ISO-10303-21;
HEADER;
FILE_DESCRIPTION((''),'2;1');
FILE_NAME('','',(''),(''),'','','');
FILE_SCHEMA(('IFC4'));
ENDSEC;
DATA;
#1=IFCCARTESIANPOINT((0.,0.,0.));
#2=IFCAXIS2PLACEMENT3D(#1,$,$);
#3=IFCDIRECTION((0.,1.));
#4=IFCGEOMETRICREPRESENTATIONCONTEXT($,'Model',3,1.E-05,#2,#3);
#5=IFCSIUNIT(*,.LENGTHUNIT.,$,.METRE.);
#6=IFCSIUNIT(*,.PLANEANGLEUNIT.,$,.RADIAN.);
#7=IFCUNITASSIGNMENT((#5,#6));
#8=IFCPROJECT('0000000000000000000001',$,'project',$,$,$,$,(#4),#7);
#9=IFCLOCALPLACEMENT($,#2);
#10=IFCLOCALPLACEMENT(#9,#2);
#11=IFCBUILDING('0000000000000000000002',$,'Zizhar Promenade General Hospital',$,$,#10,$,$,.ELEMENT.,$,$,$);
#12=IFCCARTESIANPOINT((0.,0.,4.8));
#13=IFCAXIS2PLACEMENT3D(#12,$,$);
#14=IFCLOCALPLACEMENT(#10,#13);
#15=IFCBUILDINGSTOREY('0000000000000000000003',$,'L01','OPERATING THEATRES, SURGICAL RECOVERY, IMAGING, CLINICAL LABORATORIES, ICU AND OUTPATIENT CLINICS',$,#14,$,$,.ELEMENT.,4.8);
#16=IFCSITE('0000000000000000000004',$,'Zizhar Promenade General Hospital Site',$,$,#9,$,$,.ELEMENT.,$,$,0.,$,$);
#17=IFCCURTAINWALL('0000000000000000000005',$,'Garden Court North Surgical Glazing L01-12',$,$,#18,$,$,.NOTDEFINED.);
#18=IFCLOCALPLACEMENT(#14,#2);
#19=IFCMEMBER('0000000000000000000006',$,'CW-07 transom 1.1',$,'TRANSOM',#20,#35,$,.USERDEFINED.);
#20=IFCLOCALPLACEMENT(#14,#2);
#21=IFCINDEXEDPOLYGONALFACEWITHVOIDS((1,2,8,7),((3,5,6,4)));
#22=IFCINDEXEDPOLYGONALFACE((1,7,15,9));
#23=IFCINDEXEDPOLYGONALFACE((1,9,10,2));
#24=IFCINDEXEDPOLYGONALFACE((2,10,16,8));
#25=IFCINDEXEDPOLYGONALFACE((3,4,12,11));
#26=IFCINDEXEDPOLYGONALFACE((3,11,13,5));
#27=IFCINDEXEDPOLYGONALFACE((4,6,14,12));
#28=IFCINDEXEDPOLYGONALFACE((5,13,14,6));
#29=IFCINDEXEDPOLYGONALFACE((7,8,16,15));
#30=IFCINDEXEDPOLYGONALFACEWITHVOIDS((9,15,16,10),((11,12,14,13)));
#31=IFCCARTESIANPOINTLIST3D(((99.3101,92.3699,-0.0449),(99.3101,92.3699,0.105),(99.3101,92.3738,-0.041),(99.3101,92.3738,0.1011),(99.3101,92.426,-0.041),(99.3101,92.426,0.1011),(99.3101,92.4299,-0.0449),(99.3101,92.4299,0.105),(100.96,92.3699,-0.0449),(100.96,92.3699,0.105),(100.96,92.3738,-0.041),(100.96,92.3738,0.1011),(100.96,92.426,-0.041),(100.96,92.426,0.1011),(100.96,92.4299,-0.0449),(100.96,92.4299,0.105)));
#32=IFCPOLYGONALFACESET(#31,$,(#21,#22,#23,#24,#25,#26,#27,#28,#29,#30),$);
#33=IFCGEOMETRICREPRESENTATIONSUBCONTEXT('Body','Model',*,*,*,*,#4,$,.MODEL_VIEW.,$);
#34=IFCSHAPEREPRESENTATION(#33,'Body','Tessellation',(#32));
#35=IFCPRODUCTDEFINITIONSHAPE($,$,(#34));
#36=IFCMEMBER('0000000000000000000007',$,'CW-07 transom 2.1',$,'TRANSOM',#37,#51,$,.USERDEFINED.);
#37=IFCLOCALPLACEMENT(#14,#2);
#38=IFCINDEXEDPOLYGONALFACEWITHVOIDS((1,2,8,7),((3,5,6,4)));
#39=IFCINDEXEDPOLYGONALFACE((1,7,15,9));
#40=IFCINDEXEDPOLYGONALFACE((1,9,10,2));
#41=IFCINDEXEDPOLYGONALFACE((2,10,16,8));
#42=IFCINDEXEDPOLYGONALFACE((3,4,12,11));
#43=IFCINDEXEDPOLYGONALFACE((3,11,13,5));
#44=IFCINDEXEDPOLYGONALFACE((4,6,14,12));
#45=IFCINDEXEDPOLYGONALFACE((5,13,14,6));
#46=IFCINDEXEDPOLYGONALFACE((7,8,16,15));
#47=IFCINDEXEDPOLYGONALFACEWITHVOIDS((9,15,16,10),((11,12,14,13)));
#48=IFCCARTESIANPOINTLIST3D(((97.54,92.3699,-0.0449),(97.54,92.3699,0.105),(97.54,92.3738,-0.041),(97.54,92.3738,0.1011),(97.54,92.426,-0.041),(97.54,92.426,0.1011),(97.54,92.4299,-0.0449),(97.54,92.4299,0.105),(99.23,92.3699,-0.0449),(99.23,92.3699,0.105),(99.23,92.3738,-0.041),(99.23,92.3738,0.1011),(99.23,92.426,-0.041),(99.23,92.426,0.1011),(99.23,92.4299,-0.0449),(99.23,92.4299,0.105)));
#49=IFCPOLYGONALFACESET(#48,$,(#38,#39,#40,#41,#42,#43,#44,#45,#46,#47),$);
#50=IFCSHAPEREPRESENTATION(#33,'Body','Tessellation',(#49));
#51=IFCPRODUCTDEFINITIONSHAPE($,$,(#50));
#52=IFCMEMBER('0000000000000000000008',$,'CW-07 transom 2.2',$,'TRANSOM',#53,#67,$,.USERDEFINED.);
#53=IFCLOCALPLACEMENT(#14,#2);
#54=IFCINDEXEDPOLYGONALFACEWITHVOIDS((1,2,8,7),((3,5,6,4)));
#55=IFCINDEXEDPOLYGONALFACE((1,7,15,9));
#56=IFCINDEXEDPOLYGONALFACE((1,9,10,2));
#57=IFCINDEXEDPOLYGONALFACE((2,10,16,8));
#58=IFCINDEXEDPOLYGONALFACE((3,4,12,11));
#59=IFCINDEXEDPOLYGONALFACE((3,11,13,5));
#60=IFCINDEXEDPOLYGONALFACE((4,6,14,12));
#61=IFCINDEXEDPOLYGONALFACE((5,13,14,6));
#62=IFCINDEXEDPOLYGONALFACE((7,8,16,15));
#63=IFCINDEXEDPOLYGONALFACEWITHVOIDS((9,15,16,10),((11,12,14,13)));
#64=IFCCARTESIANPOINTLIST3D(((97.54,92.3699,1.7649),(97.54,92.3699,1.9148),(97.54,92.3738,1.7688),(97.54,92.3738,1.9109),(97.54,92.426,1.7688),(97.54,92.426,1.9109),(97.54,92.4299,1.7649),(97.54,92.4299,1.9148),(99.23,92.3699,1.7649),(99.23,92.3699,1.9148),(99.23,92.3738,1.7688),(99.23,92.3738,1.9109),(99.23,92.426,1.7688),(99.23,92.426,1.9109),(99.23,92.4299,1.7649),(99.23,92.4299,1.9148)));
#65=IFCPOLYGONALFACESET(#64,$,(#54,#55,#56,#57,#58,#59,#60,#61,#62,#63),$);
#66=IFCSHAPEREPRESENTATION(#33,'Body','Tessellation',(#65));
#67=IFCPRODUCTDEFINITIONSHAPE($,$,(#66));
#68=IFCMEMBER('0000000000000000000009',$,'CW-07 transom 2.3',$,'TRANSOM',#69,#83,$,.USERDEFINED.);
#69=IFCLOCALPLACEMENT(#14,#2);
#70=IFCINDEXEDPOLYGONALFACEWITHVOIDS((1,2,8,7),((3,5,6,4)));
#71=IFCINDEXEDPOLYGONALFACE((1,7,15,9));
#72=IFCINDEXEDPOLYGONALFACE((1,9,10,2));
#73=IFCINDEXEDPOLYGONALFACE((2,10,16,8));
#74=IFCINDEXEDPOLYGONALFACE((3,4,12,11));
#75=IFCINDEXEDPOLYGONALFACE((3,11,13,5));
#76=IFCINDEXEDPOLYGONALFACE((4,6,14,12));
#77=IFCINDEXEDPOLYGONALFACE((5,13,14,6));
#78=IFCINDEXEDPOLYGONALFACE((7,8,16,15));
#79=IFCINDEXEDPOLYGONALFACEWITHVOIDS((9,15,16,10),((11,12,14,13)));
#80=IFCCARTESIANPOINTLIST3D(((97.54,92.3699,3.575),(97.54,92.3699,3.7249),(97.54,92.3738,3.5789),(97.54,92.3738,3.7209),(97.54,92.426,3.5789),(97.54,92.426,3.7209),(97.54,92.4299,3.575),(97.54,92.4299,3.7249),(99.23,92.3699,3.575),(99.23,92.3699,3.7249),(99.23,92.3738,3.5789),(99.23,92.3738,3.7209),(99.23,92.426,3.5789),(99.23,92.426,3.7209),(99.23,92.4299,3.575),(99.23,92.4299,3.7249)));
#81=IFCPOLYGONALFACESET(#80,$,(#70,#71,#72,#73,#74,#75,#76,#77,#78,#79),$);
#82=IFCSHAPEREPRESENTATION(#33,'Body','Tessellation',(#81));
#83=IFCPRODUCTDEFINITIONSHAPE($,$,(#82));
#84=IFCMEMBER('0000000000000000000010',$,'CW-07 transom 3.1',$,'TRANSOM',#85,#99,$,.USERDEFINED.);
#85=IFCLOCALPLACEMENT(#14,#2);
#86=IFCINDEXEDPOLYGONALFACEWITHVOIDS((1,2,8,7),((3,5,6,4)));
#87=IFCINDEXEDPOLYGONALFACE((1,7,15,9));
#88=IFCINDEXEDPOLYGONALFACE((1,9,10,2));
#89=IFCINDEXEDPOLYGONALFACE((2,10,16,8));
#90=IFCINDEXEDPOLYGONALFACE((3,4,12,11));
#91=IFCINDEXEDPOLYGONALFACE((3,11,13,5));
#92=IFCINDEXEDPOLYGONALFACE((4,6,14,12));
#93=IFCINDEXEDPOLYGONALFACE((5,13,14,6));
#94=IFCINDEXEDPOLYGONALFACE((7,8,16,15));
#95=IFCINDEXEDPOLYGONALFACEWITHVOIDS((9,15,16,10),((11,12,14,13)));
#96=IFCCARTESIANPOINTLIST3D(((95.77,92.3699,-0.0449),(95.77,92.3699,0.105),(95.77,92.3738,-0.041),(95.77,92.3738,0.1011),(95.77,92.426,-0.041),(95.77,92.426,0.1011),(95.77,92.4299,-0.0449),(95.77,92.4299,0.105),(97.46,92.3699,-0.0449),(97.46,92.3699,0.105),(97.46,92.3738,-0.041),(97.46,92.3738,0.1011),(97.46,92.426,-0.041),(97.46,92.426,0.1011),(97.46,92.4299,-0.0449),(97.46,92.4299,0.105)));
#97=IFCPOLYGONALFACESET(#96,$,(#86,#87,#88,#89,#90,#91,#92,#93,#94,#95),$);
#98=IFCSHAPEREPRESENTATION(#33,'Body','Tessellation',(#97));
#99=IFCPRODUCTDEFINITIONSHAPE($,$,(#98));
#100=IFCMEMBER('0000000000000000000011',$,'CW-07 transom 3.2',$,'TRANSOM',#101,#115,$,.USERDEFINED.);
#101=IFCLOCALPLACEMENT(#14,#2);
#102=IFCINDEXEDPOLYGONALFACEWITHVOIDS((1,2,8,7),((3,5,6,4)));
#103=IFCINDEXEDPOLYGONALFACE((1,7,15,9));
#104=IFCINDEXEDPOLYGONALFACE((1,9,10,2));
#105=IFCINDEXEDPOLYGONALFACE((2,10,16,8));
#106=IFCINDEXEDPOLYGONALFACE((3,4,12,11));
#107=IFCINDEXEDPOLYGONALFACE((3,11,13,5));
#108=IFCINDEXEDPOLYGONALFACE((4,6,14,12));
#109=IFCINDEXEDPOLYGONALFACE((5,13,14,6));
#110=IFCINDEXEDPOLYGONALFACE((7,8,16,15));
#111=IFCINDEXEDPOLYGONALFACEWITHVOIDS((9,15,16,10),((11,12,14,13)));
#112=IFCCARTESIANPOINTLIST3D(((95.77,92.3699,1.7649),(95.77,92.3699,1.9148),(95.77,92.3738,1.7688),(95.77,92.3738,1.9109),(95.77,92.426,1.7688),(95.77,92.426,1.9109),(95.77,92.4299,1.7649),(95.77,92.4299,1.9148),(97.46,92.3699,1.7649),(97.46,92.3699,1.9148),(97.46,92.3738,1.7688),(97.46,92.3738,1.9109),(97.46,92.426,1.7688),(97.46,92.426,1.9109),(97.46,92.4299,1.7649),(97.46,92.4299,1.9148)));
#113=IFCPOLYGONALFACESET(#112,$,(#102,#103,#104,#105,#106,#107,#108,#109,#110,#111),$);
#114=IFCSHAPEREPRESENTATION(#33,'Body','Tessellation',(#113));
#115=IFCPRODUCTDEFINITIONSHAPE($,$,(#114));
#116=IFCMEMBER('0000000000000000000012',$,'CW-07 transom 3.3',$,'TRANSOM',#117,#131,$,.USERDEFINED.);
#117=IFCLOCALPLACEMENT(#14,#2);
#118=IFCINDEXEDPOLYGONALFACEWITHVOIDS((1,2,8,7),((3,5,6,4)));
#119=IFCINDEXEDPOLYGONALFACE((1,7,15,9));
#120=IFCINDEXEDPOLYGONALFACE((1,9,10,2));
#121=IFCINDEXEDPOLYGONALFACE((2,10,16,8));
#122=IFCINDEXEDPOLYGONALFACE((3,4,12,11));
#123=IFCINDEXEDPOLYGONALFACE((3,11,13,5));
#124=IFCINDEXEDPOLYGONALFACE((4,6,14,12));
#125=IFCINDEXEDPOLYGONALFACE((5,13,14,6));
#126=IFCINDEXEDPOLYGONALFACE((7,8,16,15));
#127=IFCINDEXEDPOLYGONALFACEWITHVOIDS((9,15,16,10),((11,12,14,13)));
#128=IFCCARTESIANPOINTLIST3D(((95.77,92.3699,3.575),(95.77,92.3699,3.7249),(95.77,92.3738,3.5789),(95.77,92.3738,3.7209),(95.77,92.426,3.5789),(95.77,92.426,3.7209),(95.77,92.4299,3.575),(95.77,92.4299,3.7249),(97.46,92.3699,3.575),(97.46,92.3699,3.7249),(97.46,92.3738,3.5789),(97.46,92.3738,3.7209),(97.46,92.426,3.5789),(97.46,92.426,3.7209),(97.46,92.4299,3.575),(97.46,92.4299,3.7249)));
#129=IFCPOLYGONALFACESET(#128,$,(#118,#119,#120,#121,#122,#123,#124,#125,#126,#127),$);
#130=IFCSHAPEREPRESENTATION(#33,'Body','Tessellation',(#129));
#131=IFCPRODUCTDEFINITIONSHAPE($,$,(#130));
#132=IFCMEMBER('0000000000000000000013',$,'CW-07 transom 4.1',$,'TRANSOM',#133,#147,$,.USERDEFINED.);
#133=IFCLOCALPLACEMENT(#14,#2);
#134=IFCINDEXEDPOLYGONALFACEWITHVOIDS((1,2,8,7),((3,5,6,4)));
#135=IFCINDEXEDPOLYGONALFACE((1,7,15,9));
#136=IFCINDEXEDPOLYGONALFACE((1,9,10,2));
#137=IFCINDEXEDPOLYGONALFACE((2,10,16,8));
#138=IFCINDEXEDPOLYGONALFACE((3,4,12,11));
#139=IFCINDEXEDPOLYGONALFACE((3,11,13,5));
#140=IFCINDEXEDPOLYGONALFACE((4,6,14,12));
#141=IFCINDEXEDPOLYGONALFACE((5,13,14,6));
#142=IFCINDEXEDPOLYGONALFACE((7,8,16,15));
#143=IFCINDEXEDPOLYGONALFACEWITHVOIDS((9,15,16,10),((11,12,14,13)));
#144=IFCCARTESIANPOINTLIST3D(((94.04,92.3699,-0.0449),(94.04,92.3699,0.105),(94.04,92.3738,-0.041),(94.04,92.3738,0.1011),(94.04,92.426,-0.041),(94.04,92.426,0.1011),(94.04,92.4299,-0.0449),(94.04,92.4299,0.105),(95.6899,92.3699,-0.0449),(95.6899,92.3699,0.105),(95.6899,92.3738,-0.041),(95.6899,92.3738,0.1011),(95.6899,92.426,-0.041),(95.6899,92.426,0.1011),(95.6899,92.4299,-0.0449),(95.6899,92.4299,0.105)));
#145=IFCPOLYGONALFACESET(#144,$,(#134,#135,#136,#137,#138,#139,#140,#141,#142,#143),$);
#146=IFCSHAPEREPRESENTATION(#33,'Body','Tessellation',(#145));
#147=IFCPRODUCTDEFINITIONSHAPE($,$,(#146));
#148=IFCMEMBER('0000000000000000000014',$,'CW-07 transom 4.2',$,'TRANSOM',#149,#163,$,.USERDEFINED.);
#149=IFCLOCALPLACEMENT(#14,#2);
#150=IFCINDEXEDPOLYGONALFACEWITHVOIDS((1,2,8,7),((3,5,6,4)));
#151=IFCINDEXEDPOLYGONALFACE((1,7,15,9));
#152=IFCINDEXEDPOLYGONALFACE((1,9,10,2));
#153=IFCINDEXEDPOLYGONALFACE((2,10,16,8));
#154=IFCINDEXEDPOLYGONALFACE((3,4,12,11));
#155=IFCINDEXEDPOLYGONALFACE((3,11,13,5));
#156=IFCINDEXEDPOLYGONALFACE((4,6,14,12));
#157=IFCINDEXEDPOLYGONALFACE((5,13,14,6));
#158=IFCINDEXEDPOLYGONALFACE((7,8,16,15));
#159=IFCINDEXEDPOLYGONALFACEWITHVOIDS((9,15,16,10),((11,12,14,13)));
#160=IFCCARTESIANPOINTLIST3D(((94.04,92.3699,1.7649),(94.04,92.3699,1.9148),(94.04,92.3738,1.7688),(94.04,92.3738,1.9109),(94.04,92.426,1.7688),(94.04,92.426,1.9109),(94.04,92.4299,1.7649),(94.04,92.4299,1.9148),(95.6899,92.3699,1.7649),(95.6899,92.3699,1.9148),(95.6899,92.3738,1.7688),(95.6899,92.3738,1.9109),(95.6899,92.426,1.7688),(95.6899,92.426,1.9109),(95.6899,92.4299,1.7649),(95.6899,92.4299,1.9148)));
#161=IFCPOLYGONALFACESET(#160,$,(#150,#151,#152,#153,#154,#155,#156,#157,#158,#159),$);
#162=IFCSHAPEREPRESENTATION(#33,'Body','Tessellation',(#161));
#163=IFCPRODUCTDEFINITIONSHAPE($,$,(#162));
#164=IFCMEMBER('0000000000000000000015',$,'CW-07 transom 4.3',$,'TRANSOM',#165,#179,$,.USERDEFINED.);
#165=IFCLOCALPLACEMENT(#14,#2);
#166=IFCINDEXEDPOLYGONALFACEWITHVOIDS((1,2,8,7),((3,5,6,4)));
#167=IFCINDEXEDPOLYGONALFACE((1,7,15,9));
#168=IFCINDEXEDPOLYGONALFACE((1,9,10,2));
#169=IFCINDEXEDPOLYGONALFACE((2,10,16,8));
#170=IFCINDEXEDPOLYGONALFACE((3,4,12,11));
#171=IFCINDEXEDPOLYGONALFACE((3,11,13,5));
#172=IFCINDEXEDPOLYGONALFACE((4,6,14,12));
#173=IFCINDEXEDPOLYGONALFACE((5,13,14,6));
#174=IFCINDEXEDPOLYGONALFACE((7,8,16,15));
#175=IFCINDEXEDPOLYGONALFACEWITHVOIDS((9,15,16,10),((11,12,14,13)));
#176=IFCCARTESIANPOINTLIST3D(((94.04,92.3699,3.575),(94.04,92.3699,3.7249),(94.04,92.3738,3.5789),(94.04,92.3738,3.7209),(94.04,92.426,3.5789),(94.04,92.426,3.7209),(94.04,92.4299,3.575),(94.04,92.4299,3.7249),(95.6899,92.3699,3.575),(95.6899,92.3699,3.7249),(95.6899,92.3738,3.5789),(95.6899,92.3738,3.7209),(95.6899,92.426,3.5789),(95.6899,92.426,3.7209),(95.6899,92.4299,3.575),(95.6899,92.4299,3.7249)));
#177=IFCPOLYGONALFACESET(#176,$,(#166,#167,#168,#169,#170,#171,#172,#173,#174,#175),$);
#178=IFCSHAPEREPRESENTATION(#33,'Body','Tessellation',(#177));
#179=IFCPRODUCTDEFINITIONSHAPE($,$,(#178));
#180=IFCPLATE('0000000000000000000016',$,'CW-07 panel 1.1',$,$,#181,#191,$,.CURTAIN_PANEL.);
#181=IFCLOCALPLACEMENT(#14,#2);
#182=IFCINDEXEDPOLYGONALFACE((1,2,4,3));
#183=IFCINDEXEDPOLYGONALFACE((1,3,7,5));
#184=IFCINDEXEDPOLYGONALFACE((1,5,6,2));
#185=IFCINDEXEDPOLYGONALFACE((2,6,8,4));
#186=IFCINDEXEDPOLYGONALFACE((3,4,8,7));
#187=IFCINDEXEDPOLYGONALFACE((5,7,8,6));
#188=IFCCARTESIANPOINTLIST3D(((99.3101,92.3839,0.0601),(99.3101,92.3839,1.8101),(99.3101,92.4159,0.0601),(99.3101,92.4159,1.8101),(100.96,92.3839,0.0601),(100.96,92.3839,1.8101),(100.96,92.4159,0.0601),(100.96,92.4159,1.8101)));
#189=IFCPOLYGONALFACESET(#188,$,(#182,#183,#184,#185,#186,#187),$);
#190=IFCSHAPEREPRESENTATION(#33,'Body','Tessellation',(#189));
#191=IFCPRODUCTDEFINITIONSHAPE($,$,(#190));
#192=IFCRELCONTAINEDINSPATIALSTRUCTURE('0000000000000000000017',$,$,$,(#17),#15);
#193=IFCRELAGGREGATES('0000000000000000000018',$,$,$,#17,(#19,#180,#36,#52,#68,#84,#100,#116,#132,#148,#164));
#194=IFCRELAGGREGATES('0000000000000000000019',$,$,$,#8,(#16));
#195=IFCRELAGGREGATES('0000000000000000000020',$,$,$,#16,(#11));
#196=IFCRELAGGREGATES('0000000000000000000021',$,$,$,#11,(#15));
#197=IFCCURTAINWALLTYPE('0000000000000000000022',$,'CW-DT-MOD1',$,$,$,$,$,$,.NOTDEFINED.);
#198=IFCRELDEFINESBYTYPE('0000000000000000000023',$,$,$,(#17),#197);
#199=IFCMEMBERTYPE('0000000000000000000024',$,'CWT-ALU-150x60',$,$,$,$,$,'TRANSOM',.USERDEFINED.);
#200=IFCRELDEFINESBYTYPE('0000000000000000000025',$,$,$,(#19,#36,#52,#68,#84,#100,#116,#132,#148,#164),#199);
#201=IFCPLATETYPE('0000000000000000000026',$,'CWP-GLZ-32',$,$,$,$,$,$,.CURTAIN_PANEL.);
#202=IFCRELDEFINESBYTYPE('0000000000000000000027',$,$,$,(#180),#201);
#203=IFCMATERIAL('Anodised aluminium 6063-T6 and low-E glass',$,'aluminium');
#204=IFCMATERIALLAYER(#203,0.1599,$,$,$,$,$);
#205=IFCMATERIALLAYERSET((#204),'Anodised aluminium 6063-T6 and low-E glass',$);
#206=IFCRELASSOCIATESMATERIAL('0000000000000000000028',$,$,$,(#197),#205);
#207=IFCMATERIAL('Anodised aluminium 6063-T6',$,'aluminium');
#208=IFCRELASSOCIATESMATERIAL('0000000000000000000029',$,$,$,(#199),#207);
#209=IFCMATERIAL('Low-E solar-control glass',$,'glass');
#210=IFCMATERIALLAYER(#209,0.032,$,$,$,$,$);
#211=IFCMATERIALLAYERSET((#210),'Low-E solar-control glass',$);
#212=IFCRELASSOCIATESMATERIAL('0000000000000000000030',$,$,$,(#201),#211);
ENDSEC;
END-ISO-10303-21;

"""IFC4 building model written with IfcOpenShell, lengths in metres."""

from ifc_helpers import new_model, si_unit, direction, frame, origin, origin_2d, place, context, subcontext, project, spatial, rectangle, hollow_rectangle, extrude, material, layer, layer_set, material_profile, profile_set, type_object, element, aggregate, save


model = new_model("IFC4")

# Units and contexts
model_context = context("Model", 3, precision=1e-05, world=origin(), true_north=direction((0.0, 1.0)))
body_context = subcontext(model_context, "Body", "Model", "MODEL_VIEW")
ifc_project = project(units=[si_unit("LENGTHUNIT", "METRE"), si_unit("PLANEANGLEUNIT", "RADIAN")], contexts=[model_context])

# Site, building, storey
site_placement = place(None, origin())
site = spatial("IfcSite", under=ifc_project, at=site_placement, Name="Zizhar Promenade General Hospital Site", CompositionType="ELEMENT", RefElevation=0.0)
building_placement = place(site_placement, origin())
building = spatial("IfcBuilding", under=site, at=building_placement, Name="Zizhar Promenade General Hospital", CompositionType="ELEMENT")
storey_placement = place(building_placement, frame((0.0, 0.0, 4.8)))
storey = spatial("IfcBuildingStorey", under=building, at=storey_placement, Name="L01", Description="OPERATING THEATRES, SURGICAL RECOVERY, IMAGING, CLINICAL LABORATORIES, ICU AND OUTPATIENT CLINICS", CompositionType="ELEMENT", Elevation=4.8)

# Curtain wall, members, plate
ifc_material_1 = material(Name="Anodised aluminium 6063-T6 and low-E glass", Category="aluminium")
ifc_layer_1 = layer(ifc_material_1, 0.1599)
ifc_layer_set_1 = layer_set([ifc_layer_1], Name="Anodised aluminium 6063-T6 and low-E glass")
curtain_wall_type = type_object("IfcCurtainWallType", Name="CW-DT-MOD1", PredefinedType="NOTDEFINED", material=ifc_layer_set_1)
curtain_wall_placement = place(storey_placement, origin())
curtain_wall = element("IfcCurtainWall", 1, at=curtain_wall_placement, inside=storey, type_object=curtain_wall_type, Name="Garden Court North Surgical Glazing L01-12", PredefinedType="NOTDEFINED")
ifc_material_2 = material(Name="Anodised aluminium 6063-T6", Category="aluminium")
ifc_material_profile_1 = material_profile(ifc_material_2, hollow_rectangle(XDim=0.0601, YDim=0.1499, WallThickness=0.0039, at=origin_2d()))
ifc_profile_set_1 = profile_set([ifc_material_profile_1], Name="Anodised aluminium 6063-T6")
member_type_1 = type_object("IfcMemberType", Name="CWT-ALU-150x60", ElementType="TRANSOM", PredefinedType="USERDEFINED", material=ifc_profile_set_1)
member_1_placement = place(storey_placement, frame((100.96, 92.3999, 0.03), z_axis=(-1.0, 0.0, 0.0), x_axis=(0.0, -1.0, 0.0)))
member_1 = element("IfcMember", 2, at=member_1_placement, type_object=member_type_1, Name="CW-07 transom 1.1", ObjectType="TRANSOM", PredefinedType="USERDEFINED", context=body_context, shape_type="SweptSolid", body=[
    extrude(hollow_rectangle(XDim=0.0601, YDim=0.1499, WallThickness=0.0039, at=origin_2d()), origin(), (0.0, 0.0, 1.0), 1.6499),
])
member_2_placement = place(storey_placement, frame((99.23, 92.3999, 0.03), z_axis=(-1.0, 0.0, 0.0), x_axis=(0.0, -1.0, 0.0)))
member_2 = element("IfcMember", 3, at=member_2_placement, type_object=member_type_1, Name="CW-07 transom 2.1", ObjectType="TRANSOM", PredefinedType="USERDEFINED", context=body_context, shape_type="SweptSolid", body=[
    extrude(hollow_rectangle(XDim=0.0601, YDim=0.1499, WallThickness=0.0039, at=origin_2d()), origin(), (0.0, 0.0, 1.0), 1.6899),
])
member_3_placement = place(storey_placement, frame((99.23, 92.3999, 1.8398), z_axis=(-1.0, 0.0, 0.0), x_axis=(0.0, -1.0, 0.0)))
member_3 = element("IfcMember", 4, at=member_3_placement, type_object=member_type_1, Name="CW-07 transom 2.2", ObjectType="TRANSOM", PredefinedType="USERDEFINED", context=body_context, shape_type="SweptSolid", body=[
    extrude(hollow_rectangle(XDim=0.0601, YDim=0.1499, WallThickness=0.0039, at=origin_2d()), origin(), (0.0, 0.0, 1.0), 1.6899),
])
member_4_placement = place(storey_placement, frame((99.23, 92.3999, 3.6499), z_axis=(-1.0, 0.0, 0.0), x_axis=(0.0, -1.0, 0.0)))
member_4 = element("IfcMember", 5, at=member_4_placement, type_object=member_type_1, Name="CW-07 transom 2.3", ObjectType="TRANSOM", PredefinedType="USERDEFINED", context=body_context, shape_type="SweptSolid", body=[
    extrude(hollow_rectangle(XDim=0.0601, YDim=0.1499, WallThickness=0.0039, at=origin_2d()), origin(), (0.0, 0.0, 1.0), 1.6899),
])
member_5_placement = place(storey_placement, frame((97.46, 92.3999, 0.03), z_axis=(-1.0, 0.0, 0.0), x_axis=(0.0, -1.0, 0.0)))
member_5 = element("IfcMember", 6, at=member_5_placement, type_object=member_type_1, Name="CW-07 transom 3.1", ObjectType="TRANSOM", PredefinedType="USERDEFINED", context=body_context, shape_type="SweptSolid", body=[
    extrude(hollow_rectangle(XDim=0.0601, YDim=0.1499, WallThickness=0.0039, at=origin_2d()), origin(), (0.0, 0.0, 1.0), 1.6899),
])
member_6_placement = place(storey_placement, frame((97.46, 92.3999, 1.8398), z_axis=(-1.0, 0.0, 0.0), x_axis=(0.0, -1.0, 0.0)))
member_6 = element("IfcMember", 7, at=member_6_placement, type_object=member_type_1, Name="CW-07 transom 3.2", ObjectType="TRANSOM", PredefinedType="USERDEFINED", context=body_context, shape_type="SweptSolid", body=[
    extrude(hollow_rectangle(XDim=0.0601, YDim=0.1499, WallThickness=0.0039, at=origin_2d()), origin(), (0.0, 0.0, 1.0), 1.6899),
])
member_7_placement = place(storey_placement, frame((97.46, 92.3999, 3.6499), z_axis=(-1.0, 0.0, 0.0), x_axis=(0.0, -1.0, 0.0)))
member_7 = element("IfcMember", 8, at=member_7_placement, type_object=member_type_1, Name="CW-07 transom 3.3", ObjectType="TRANSOM", PredefinedType="USERDEFINED", context=body_context, shape_type="SweptSolid", body=[
    extrude(hollow_rectangle(XDim=0.0601, YDim=0.1499, WallThickness=0.0039, at=origin_2d()), origin(), (0.0, 0.0, 1.0), 1.6899),
])
member_8_placement = place(storey_placement, frame((95.6899, 92.3999, 0.03), z_axis=(-1.0, 0.0, 0.0), x_axis=(0.0, -1.0, 0.0)))
member_8 = element("IfcMember", 9, at=member_8_placement, type_object=member_type_1, Name="CW-07 transom 4.1", ObjectType="TRANSOM", PredefinedType="USERDEFINED", context=body_context, shape_type="SweptSolid", body=[
    extrude(hollow_rectangle(XDim=0.0601, YDim=0.1499, WallThickness=0.0039, at=origin_2d()), origin(), (0.0, 0.0, 1.0), 1.6499),
])
member_9_placement = place(storey_placement, frame((95.6899, 92.3999, 1.8398), z_axis=(-1.0, 0.0, 0.0), x_axis=(0.0, -1.0, 0.0)))
member_9 = element("IfcMember", 10, at=member_9_placement, type_object=member_type_1, Name="CW-07 transom 4.2", ObjectType="TRANSOM", PredefinedType="USERDEFINED", context=body_context, shape_type="SweptSolid", body=[
    extrude(hollow_rectangle(XDim=0.0601, YDim=0.1499, WallThickness=0.0039, at=origin_2d()), origin(), (0.0, 0.0, 1.0), 1.6499),
])
member_10_placement = place(storey_placement, frame((95.6899, 92.3999, 3.6499), z_axis=(-1.0, 0.0, 0.0), x_axis=(0.0, -1.0, 0.0)))
member_10 = element("IfcMember", 11, at=member_10_placement, type_object=member_type_1, Name="CW-07 transom 4.3", ObjectType="TRANSOM", PredefinedType="USERDEFINED", context=body_context, shape_type="SweptSolid", body=[
    extrude(hollow_rectangle(XDim=0.0601, YDim=0.1499, WallThickness=0.0039, at=origin_2d()), origin(), (0.0, 0.0, 1.0), 1.6499),
])
ifc_material_3 = material(Name="Low-E solar-control glass", Category="glass")
ifc_layer_2 = layer(ifc_material_3, 0.032)
ifc_layer_set_2 = layer_set([ifc_layer_2], Name="Low-E solar-control glass")
plate_type = type_object("IfcPlateType", Name="CWP-GLZ-32", PredefinedType="CURTAIN_PANEL", material=ifc_layer_set_2)
plate_1_placement = place(storey_placement, frame((100.135, 92.3999, 0.0601), z_axis=(0.0, 0.0, 1.0), x_axis=(-1.0, 0.0, 0.0)))
plate_1 = element("IfcPlate", 12, at=plate_1_placement, type_object=plate_type, Name="CW-07 panel 1.1", PredefinedType="CURTAIN_PANEL", context=body_context, shape_type="SweptSolid", body=[
    extrude(rectangle(XDim=1.6499, YDim=0.032, at=origin_2d()), origin(), (0.0, 0.0, 1.0), 1.75),
])
aggregate(curtain_wall, [member_1, plate_1, member_2, member_3, member_4, member_5, member_6, member_7, member_8, member_9, member_10])

save(model, "model.ifc")
